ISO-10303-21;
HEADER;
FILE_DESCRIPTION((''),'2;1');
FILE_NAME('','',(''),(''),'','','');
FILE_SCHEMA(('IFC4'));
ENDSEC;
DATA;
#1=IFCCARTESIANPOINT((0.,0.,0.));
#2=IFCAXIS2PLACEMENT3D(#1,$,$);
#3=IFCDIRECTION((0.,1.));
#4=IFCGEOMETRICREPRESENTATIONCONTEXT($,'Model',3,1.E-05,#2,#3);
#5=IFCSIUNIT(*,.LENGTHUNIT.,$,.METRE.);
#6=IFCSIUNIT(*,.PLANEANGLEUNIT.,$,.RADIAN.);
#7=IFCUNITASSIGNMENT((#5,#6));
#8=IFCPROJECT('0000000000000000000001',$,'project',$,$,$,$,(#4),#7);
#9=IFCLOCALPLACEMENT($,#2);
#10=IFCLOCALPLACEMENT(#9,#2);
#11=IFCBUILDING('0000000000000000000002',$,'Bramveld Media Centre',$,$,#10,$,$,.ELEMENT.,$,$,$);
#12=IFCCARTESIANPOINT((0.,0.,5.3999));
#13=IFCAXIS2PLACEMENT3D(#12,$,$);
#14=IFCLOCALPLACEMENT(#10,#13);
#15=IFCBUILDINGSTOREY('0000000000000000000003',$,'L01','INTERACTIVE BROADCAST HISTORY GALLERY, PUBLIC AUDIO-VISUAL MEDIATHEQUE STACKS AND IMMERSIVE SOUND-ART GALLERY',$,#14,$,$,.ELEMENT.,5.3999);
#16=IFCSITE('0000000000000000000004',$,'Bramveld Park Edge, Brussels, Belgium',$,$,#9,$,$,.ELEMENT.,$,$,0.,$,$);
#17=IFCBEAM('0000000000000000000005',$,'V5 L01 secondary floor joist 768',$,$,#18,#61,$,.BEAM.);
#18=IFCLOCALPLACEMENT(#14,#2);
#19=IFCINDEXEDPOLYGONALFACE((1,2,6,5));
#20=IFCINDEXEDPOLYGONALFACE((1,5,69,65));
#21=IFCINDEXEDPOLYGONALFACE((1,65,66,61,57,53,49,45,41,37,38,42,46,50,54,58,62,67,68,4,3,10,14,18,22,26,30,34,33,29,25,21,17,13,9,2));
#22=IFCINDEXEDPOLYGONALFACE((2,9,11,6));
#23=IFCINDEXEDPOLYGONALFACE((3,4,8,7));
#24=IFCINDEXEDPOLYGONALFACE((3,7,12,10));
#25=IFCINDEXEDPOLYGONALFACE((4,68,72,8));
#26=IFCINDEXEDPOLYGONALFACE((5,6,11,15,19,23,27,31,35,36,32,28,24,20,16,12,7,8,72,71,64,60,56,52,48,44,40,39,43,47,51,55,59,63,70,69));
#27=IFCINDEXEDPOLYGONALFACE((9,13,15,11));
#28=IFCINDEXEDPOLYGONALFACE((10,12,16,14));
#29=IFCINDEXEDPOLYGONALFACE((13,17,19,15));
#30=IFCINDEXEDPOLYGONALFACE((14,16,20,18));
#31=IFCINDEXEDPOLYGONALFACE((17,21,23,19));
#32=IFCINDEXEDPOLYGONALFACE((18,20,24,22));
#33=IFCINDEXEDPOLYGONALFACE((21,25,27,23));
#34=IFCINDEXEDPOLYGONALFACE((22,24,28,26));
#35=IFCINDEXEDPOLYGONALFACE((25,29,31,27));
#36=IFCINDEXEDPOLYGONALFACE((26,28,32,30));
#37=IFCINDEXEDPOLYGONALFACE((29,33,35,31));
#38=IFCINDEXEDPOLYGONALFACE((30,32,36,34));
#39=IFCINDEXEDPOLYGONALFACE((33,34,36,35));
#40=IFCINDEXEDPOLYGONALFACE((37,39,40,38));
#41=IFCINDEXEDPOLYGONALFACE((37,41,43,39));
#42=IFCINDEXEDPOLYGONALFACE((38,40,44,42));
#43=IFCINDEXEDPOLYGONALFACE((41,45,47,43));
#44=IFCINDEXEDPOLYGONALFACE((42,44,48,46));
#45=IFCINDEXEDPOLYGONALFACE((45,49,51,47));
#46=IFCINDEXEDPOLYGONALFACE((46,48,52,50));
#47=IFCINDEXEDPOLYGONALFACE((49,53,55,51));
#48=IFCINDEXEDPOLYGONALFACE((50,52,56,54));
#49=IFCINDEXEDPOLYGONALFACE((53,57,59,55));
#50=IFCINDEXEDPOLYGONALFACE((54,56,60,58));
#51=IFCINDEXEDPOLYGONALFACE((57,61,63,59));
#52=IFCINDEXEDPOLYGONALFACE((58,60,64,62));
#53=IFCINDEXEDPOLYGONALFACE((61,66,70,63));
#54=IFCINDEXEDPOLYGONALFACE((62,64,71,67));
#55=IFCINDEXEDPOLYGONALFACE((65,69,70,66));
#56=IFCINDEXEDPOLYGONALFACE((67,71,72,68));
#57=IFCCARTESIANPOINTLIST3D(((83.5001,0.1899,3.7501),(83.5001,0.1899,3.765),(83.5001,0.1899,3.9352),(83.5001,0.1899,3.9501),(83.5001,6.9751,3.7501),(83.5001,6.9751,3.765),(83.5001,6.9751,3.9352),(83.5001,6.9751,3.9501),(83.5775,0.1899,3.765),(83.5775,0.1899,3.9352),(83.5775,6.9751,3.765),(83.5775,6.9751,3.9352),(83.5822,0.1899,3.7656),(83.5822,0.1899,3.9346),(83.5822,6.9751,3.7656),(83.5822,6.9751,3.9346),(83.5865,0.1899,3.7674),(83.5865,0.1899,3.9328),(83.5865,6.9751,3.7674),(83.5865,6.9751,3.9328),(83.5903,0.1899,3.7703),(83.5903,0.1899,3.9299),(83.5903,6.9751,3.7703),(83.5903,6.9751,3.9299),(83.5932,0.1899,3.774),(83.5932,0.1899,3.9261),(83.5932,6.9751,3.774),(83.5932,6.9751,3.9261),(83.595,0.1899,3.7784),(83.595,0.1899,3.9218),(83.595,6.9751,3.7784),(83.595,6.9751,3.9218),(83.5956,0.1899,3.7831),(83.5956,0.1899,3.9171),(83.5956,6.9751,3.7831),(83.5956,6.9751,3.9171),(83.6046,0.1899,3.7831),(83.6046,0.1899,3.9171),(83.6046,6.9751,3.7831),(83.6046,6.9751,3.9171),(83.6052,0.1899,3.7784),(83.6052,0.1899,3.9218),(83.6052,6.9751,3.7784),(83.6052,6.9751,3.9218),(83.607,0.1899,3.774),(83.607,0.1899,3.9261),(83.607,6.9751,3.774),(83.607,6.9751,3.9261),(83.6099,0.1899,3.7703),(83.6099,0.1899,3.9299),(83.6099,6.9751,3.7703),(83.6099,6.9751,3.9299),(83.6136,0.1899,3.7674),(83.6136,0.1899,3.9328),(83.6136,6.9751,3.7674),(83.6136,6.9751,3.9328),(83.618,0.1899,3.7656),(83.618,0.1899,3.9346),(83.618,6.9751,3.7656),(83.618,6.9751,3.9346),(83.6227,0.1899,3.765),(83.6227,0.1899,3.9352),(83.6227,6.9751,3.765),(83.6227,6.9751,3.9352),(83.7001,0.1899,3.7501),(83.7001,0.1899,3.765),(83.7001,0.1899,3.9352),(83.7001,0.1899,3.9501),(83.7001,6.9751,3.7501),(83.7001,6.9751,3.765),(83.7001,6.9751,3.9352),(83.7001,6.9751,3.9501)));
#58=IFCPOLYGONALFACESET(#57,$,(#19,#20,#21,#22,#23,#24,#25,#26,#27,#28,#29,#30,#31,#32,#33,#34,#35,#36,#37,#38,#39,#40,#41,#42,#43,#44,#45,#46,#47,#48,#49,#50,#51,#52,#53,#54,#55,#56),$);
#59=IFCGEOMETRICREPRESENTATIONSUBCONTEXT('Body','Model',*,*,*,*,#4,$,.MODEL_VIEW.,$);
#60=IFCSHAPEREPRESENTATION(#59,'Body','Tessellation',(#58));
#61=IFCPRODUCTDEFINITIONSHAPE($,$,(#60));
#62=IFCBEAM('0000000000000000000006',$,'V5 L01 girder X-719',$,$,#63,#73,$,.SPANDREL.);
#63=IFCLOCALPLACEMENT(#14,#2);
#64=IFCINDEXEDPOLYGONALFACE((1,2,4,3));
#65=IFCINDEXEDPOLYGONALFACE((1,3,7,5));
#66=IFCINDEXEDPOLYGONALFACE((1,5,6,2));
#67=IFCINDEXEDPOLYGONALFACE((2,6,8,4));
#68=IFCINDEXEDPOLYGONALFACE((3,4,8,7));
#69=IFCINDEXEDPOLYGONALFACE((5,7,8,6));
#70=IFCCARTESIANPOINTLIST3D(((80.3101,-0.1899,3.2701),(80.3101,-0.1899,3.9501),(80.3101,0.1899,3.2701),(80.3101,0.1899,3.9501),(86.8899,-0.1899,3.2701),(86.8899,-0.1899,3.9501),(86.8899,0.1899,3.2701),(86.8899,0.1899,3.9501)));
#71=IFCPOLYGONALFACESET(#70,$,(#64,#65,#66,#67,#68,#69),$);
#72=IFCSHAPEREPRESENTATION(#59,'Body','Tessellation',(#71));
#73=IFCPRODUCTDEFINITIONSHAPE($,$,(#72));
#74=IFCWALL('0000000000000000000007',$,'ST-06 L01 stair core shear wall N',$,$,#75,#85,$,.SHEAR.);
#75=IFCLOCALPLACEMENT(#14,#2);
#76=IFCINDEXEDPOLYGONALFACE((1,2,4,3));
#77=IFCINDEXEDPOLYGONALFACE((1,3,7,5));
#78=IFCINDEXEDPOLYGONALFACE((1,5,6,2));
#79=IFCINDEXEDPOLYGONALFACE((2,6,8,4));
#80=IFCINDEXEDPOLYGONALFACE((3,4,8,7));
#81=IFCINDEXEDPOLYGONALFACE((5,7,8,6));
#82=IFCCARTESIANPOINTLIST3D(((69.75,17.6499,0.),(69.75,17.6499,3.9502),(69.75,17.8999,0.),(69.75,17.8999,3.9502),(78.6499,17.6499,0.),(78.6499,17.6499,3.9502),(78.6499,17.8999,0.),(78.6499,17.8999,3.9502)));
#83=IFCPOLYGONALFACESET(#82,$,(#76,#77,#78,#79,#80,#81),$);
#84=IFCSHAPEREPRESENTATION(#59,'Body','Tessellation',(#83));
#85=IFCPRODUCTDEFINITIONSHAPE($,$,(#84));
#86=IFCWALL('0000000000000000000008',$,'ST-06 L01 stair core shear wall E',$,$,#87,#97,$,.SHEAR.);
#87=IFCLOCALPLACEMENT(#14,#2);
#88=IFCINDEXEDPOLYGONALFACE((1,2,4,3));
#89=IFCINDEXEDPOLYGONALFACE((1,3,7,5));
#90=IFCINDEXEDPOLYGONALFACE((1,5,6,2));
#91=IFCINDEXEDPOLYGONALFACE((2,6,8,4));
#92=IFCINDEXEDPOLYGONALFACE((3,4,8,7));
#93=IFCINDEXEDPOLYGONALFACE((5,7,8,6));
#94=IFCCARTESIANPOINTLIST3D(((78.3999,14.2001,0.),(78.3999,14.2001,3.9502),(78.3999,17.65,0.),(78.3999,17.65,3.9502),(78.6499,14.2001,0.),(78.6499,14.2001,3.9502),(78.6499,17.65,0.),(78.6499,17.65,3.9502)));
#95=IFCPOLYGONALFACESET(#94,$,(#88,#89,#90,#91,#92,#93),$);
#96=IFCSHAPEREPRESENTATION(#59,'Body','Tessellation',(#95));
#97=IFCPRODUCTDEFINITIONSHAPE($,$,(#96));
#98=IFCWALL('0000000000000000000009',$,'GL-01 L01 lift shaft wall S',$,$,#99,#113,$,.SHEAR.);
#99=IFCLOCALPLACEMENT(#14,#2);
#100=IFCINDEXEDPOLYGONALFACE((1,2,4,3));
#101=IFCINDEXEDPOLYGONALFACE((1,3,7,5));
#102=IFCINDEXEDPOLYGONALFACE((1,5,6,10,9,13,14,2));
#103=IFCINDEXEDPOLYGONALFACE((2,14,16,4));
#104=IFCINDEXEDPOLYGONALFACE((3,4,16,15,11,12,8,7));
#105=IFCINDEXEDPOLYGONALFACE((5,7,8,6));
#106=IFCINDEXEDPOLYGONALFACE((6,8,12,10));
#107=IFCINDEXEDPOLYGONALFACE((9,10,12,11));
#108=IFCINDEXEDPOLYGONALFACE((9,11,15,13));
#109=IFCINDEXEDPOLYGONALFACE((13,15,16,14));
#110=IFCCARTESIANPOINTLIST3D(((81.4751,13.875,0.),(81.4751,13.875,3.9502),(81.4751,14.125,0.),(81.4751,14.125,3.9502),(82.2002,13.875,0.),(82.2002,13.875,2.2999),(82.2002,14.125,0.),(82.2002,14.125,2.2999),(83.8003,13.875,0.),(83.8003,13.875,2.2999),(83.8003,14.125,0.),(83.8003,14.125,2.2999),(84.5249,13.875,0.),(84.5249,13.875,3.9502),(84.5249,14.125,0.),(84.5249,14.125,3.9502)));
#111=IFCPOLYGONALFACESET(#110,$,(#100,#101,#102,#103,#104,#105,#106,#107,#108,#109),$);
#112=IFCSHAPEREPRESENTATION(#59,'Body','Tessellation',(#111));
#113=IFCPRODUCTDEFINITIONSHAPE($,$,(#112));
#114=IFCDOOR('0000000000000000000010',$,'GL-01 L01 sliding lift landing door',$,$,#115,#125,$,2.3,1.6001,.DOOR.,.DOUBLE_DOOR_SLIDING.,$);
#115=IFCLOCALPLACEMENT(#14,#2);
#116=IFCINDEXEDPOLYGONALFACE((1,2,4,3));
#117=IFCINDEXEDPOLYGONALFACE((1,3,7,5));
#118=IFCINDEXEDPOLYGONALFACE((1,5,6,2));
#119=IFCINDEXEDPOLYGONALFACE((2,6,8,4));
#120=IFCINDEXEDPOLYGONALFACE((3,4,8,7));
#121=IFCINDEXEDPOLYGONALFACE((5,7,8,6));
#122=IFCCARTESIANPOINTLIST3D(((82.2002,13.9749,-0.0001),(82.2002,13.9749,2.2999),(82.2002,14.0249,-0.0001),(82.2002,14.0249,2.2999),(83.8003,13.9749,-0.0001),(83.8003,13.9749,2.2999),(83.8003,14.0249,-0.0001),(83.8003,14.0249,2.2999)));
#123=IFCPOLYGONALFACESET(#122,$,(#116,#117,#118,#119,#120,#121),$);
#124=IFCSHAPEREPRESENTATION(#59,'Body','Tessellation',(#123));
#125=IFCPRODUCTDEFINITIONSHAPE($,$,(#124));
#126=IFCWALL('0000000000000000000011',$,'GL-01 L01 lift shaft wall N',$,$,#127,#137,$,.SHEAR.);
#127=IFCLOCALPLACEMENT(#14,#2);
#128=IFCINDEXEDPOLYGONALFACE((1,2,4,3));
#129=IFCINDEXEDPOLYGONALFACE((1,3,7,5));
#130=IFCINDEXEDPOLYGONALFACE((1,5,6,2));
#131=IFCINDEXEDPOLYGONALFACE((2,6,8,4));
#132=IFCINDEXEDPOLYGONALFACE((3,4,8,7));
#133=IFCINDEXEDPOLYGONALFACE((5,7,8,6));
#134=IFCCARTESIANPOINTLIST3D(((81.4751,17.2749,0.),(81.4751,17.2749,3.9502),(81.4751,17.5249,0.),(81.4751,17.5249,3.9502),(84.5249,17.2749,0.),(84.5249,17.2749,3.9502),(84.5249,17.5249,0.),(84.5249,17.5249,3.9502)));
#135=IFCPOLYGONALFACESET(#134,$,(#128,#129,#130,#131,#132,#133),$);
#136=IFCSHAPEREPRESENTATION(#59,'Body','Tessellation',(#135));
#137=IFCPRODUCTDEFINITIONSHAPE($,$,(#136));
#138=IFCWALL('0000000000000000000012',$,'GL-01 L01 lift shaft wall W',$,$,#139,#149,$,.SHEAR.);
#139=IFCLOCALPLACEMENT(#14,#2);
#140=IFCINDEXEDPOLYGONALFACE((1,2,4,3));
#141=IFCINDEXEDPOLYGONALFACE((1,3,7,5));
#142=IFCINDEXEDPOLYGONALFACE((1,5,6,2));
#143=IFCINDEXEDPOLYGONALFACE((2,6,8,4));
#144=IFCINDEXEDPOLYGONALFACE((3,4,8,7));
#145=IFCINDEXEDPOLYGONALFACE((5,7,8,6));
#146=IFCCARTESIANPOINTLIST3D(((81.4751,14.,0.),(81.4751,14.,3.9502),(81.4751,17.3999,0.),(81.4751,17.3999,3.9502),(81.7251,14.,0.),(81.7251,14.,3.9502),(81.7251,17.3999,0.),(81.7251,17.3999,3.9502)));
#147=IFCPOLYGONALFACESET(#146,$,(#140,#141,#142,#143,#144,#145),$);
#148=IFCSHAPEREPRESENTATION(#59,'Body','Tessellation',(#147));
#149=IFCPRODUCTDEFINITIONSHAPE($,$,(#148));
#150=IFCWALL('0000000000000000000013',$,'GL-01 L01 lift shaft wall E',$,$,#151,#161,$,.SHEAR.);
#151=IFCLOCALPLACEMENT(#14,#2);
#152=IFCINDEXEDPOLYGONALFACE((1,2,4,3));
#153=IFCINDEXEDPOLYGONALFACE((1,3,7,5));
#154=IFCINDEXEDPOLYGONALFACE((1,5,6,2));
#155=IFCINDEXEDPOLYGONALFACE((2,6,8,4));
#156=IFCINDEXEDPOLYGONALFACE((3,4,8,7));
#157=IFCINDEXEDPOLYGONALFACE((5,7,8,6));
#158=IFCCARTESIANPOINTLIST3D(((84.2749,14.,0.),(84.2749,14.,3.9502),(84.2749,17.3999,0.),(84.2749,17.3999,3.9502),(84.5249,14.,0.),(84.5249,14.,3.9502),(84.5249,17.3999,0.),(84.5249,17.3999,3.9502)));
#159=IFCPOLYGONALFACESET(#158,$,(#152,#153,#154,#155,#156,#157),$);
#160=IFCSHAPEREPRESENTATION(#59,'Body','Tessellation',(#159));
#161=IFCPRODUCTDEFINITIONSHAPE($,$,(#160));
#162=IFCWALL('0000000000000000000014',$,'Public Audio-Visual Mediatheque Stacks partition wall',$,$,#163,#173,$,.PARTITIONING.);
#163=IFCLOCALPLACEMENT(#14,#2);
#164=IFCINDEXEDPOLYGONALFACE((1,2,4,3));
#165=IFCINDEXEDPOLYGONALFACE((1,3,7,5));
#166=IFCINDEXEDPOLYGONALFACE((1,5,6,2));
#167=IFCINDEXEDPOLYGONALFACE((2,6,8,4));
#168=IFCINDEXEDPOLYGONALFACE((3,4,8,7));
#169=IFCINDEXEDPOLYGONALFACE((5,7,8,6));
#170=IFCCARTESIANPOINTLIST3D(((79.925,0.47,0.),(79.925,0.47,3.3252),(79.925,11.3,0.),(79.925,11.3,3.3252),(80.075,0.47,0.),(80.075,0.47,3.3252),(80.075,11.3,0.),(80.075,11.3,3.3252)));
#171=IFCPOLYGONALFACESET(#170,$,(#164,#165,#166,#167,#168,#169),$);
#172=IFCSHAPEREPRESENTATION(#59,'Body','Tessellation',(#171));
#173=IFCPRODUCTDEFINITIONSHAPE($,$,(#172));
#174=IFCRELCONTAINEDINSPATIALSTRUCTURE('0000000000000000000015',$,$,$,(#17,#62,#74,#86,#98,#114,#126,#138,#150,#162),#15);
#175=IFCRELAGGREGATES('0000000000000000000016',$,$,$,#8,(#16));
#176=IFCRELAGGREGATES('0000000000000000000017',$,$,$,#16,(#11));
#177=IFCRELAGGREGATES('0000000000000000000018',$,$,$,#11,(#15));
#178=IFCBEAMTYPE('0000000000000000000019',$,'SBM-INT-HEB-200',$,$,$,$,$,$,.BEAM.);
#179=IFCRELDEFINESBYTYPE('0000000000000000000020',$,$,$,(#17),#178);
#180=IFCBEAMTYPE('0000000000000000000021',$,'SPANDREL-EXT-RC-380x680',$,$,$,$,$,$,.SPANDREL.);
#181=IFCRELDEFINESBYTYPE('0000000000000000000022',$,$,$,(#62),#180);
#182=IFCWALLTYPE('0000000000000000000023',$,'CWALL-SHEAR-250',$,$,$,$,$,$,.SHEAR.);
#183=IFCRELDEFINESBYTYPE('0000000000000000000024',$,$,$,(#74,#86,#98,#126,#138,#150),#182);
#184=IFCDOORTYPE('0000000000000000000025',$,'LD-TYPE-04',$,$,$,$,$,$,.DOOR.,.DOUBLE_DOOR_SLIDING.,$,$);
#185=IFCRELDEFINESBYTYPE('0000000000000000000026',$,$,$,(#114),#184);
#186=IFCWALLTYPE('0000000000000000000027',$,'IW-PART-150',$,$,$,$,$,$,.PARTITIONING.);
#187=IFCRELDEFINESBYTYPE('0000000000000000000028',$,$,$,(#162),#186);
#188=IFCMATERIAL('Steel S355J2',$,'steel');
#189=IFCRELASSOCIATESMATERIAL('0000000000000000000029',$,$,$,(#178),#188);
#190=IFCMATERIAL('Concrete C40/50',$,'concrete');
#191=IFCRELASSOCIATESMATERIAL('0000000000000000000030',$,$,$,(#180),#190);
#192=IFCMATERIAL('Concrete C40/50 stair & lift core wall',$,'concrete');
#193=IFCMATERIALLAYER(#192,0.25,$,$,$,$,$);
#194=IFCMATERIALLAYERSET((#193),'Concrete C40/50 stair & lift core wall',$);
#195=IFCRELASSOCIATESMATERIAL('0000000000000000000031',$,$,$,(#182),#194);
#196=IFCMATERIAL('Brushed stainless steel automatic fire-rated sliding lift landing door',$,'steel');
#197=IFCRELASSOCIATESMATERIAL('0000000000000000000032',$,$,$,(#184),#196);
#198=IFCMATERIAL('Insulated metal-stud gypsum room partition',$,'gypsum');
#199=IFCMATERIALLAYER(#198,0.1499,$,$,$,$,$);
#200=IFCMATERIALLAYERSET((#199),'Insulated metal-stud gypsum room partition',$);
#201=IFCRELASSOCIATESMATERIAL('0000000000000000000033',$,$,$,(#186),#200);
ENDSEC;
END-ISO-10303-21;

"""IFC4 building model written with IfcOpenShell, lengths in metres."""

from ifc_helpers import new_model, si_unit, direction, frame, frame_2d, origin, origin_2d, place, context, subcontext, project, spatial, rectangle, i_section, extrude, material, layer, layer_set, material_profile, profile_set, type_object, element, fill, save


model = new_model("IFC4")

# Units and contexts
model_context = context("Model", 3, precision=1e-05, world=origin(), true_north=direction((0.0, 1.0)))
body_context = subcontext(model_context, "Body", "Model", "MODEL_VIEW")
ifc_project = project(units=[si_unit("LENGTHUNIT", "METRE"), si_unit("PLANEANGLEUNIT", "RADIAN")], contexts=[model_context])

# Site, building, storey
site_placement = place(None, origin())
site = spatial("IfcSite", under=ifc_project, at=site_placement, Name="Bramveld Park Edge, Brussels, Belgium", CompositionType="ELEMENT", RefElevation=0.0)
building_placement = place(site_placement, origin())
building = spatial("IfcBuilding", under=site, at=building_placement, Name="Bramveld Media Centre", CompositionType="ELEMENT")
storey_placement = place(building_placement, frame((0.0, 0.0, 5.3999)))
storey = spatial("IfcBuildingStorey", under=building, at=storey_placement, Name="L01", Description="INTERACTIVE BROADCAST HISTORY GALLERY, PUBLIC AUDIO-VISUAL MEDIATHEQUE STACKS AND IMMERSIVE SOUND-ART GALLERY", CompositionType="ELEMENT", Elevation=5.3999)

# Beams
ifc_material_1 = material(Name="Steel S355J2", Category="steel")
ifc_material_profile_1 = material_profile(ifc_material_1, i_section(OverallWidth=0.2, OverallDepth=0.2, WebThickness=0.009, FlangeThickness=0.0149, FilletRadius=0.0181, at=origin_2d()), Name="HEB 200")
ifc_profile_set_1 = profile_set([ifc_material_profile_1], Name="Steel S355J2")
beam_type_1 = type_object("IfcBeamType", Name="SBM-INT-HEB-200", PredefinedType="BEAM", material=ifc_profile_set_1)
beam_1_placement = place(storey_placement, frame((83.6001, 0.1899, 3.8501), z_axis=(0.0, 1.0, 0.0), x_axis=(-1.0, 0.0, 0.0)))
element("IfcBeam", 1, at=beam_1_placement, inside=storey, type_object=beam_type_1, Name="V5 L01 secondary floor joist 768", PredefinedType="BEAM", context=body_context, shape_type="SweptSolid", body=[
    extrude(i_section(OverallWidth=0.2, OverallDepth=0.2, WebThickness=0.009, FlangeThickness=0.0149, FilletRadius=0.0181, at=origin_2d()), origin(), (0.0, 0.0, 1.0), 6.7852),
])
ifc_material_2 = material(Name="Concrete C40/50", Category="concrete")
ifc_material_profile_2 = material_profile(ifc_material_2, rectangle(XDim=0.3799, YDim=0.6799, at=origin_2d()), Name="RC 380x680")
ifc_profile_set_2 = profile_set([ifc_material_profile_2], Name="Concrete C40/50")
beam_type_2 = type_object("IfcBeamType", Name="SPANDREL-EXT-RC-380x680", PredefinedType="SPANDREL", material=ifc_profile_set_2)
beam_2_placement = place(storey_placement, frame((80.3101, 0.0, 3.6101), z_axis=(1.0, 0.0, 0.0), x_axis=(0.0, 1.0, 0.0)))
element("IfcBeam", 2, at=beam_2_placement, inside=storey, type_object=beam_type_2, Name="V5 L01 girder X-719", PredefinedType="SPANDREL", context=body_context, shape_type="SweptSolid", body=[
    extrude(rectangle(XDim=0.3799, YDim=0.6799, at=origin_2d()), origin(), (0.0, 0.0, 1.0), 6.5798),
])

# Walls
ifc_material_3 = material(Name="Concrete C40/50 stair & lift core wall", Category="concrete")
ifc_layer_1 = layer(ifc_material_3, 0.25)
ifc_layer_set_1 = layer_set([ifc_layer_1], Name="Concrete C40/50 stair & lift core wall")
wall_type_1 = type_object("IfcWallType", Name="CWALL-SHEAR-250", PredefinedType="SHEAR", material=ifc_layer_set_1)
wall_1_placement = place(storey_placement, frame((78.6499, 17.7749, 0.0), z_axis=(0.0, 0.0, 1.0), x_axis=(-1.0, 0.0, 0.0)))
element("IfcWall", 3, at=wall_1_placement, inside=storey, type_object=wall_type_1, Name="ST-06 L01 stair core shear wall N", PredefinedType="SHEAR", context=body_context, shape_type="SweptSolid", body=[
    extrude(rectangle(XDim=8.8999, YDim=0.25, at=frame_2d((4.45, 0.0))), origin(), (0.0, 0.0, 1.0), 3.9502),
])
wall_2_placement = place(storey_placement, frame((78.5249, 14.2, 0.0), z_axis=(0.0, 0.0, 1.0), x_axis=(0.0, 1.0, 0.0)))
element("IfcWall", 4, at=wall_2_placement, inside=storey, type_object=wall_type_1, Name="ST-06 L01 stair core shear wall E", PredefinedType="SHEAR", context=body_context, shape_type="SweptSolid", body=[
    extrude(rectangle(XDim=3.45, YDim=0.25, at=frame_2d((1.7251, 0.0))), origin(), (0.0, 0.0, 1.0), 3.9502),
])

# Wall, opening, door
wall_3_placement = place(storey_placement, frame((81.4751, 14.0, 0.0), z_axis=(0.0, 0.0, 1.0), x_axis=(1.0, 0.0, 0.0)))
wall_3 = element("IfcWall", 5, at=wall_3_placement, inside=storey, type_object=wall_type_1, Name="GL-01 L01 lift shaft wall S", PredefinedType="SHEAR", context=body_context, shape_type="SweptSolid", body=[
    extrude(rectangle(XDim=3.0498, YDim=0.25, at=frame_2d((1.5249, 0.0))), origin(), (0.0, 0.0, 1.0), 3.9502),
])
opening_1_placement = place(wall_3_placement, frame((0.7251, 0.0, 0.0)))
opening_1 = element("IfcOpeningElement", 6, at=opening_1_placement, cuts=wall_3, PredefinedType="OPENING", context=body_context, shape_type="SweptSolid", body=[
    extrude(rectangle(XDim=1.6001, YDim=2.3, at=frame_2d((0.8, 1.1499))), frame((0.0, 0.137, 0.0), z_axis=(0.0, -1.0, 0.0), x_axis=(1.0, 0.0, 0.0)), (0.0, 0.0, 1.0), 0.2739),
])
ifc_material_4 = material(Name="Brushed stainless steel automatic fire-rated sliding lift landing door", Category="steel")
door_type_1 = type_object("IfcDoorType", Name="LD-TYPE-04", OperationType="DOUBLE_DOOR_SLIDING", PredefinedType="DOOR", material=ifc_material_4)
door_1_placement = place(opening_1_placement, origin())
door_1 = element("IfcDoor", 7, at=door_1_placement, inside=storey, type_object=door_type_1, Name="GL-01 L01 sliding lift landing door", OperationType="DOUBLE_DOOR_SLIDING", OverallHeight=2.3, OverallWidth=1.6001, PredefinedType="DOOR", context=body_context, shape_type="SweptSolid", body=[
    extrude(rectangle(XDim=1.6001, YDim=2.3, at=frame_2d((0.8, 1.1499))), frame((0.0, 0.0249, 0.0), z_axis=(0.0, -1.0, 0.0), x_axis=(1.0, 0.0, 0.0)), (0.0, 0.0, 1.0), 0.05),
])
fill(opening_1, door_1)

# Walls
wall_4_placement = place(storey_placement, frame((84.5249, 17.3999, 0.0), z_axis=(0.0, 0.0, 1.0), x_axis=(-1.0, 0.0, 0.0)))
element("IfcWall", 8, at=wall_4_placement, inside=storey, type_object=wall_type_1, Name="GL-01 L01 lift shaft wall N", PredefinedType="SHEAR", context=body_context, shape_type="SweptSolid", body=[
    extrude(rectangle(XDim=3.0498, YDim=0.25, at=frame_2d((1.5249, 0.0))), origin(), (0.0, 0.0, 1.0), 3.9502),
])
for number, where, z_axis, x_axis, name in (
    (9, (81.6001, 17.3999, 0.0), (0.0, 0.0, 1.0), (0.0, -1.0, 0.0), "GL-01 L01 lift shaft wall W"),
    (10, (84.3999, 14.0, 0.0), (0.0, 0.0, 1.0), (0.0, 1.0, 0.0), "GL-01 L01 lift shaft wall E"),
):
    element("IfcWall", number, at=place(storey_placement, frame(where, z_axis=z_axis, x_axis=x_axis)), inside=storey, type_object=wall_type_1, Name=name, PredefinedType="SHEAR", context=body_context, shape_type="SweptSolid", body=[
        extrude(rectangle(XDim=3.3999, YDim=0.25, at=frame_2d((1.7, 0.0))), origin(), (0.0, 0.0, 1.0), 3.9502),
    ])
ifc_material_5 = material(Name="Insulated metal-stud gypsum room partition", Category="gypsum")
ifc_layer_2 = layer(ifc_material_5, 0.1499)
ifc_layer_set_2 = layer_set([ifc_layer_2], Name="Insulated metal-stud gypsum room partition")
wall_type_2 = type_object("IfcWallType", Name="IW-PART-150", PredefinedType="PARTITIONING", material=ifc_layer_set_2)
wall_5_placement = place(storey_placement, frame((80.0, 0.47, 0.0), z_axis=(0.0, 0.0, 1.0), x_axis=(0.0, 1.0, 0.0)))
element("IfcWall", 11, at=wall_5_placement, inside=storey, type_object=wall_type_2, Name="Public Audio-Visual Mediatheque Stacks partition wall", PredefinedType="PARTITIONING", context=body_context, shape_type="SweptSolid", body=[
    extrude(rectangle(XDim=10.8301, YDim=0.1499, at=frame_2d((5.415, 0.0))), origin(), (0.0, 0.0, 1.0), 3.3252),
])

save(model, "model.ifc")
